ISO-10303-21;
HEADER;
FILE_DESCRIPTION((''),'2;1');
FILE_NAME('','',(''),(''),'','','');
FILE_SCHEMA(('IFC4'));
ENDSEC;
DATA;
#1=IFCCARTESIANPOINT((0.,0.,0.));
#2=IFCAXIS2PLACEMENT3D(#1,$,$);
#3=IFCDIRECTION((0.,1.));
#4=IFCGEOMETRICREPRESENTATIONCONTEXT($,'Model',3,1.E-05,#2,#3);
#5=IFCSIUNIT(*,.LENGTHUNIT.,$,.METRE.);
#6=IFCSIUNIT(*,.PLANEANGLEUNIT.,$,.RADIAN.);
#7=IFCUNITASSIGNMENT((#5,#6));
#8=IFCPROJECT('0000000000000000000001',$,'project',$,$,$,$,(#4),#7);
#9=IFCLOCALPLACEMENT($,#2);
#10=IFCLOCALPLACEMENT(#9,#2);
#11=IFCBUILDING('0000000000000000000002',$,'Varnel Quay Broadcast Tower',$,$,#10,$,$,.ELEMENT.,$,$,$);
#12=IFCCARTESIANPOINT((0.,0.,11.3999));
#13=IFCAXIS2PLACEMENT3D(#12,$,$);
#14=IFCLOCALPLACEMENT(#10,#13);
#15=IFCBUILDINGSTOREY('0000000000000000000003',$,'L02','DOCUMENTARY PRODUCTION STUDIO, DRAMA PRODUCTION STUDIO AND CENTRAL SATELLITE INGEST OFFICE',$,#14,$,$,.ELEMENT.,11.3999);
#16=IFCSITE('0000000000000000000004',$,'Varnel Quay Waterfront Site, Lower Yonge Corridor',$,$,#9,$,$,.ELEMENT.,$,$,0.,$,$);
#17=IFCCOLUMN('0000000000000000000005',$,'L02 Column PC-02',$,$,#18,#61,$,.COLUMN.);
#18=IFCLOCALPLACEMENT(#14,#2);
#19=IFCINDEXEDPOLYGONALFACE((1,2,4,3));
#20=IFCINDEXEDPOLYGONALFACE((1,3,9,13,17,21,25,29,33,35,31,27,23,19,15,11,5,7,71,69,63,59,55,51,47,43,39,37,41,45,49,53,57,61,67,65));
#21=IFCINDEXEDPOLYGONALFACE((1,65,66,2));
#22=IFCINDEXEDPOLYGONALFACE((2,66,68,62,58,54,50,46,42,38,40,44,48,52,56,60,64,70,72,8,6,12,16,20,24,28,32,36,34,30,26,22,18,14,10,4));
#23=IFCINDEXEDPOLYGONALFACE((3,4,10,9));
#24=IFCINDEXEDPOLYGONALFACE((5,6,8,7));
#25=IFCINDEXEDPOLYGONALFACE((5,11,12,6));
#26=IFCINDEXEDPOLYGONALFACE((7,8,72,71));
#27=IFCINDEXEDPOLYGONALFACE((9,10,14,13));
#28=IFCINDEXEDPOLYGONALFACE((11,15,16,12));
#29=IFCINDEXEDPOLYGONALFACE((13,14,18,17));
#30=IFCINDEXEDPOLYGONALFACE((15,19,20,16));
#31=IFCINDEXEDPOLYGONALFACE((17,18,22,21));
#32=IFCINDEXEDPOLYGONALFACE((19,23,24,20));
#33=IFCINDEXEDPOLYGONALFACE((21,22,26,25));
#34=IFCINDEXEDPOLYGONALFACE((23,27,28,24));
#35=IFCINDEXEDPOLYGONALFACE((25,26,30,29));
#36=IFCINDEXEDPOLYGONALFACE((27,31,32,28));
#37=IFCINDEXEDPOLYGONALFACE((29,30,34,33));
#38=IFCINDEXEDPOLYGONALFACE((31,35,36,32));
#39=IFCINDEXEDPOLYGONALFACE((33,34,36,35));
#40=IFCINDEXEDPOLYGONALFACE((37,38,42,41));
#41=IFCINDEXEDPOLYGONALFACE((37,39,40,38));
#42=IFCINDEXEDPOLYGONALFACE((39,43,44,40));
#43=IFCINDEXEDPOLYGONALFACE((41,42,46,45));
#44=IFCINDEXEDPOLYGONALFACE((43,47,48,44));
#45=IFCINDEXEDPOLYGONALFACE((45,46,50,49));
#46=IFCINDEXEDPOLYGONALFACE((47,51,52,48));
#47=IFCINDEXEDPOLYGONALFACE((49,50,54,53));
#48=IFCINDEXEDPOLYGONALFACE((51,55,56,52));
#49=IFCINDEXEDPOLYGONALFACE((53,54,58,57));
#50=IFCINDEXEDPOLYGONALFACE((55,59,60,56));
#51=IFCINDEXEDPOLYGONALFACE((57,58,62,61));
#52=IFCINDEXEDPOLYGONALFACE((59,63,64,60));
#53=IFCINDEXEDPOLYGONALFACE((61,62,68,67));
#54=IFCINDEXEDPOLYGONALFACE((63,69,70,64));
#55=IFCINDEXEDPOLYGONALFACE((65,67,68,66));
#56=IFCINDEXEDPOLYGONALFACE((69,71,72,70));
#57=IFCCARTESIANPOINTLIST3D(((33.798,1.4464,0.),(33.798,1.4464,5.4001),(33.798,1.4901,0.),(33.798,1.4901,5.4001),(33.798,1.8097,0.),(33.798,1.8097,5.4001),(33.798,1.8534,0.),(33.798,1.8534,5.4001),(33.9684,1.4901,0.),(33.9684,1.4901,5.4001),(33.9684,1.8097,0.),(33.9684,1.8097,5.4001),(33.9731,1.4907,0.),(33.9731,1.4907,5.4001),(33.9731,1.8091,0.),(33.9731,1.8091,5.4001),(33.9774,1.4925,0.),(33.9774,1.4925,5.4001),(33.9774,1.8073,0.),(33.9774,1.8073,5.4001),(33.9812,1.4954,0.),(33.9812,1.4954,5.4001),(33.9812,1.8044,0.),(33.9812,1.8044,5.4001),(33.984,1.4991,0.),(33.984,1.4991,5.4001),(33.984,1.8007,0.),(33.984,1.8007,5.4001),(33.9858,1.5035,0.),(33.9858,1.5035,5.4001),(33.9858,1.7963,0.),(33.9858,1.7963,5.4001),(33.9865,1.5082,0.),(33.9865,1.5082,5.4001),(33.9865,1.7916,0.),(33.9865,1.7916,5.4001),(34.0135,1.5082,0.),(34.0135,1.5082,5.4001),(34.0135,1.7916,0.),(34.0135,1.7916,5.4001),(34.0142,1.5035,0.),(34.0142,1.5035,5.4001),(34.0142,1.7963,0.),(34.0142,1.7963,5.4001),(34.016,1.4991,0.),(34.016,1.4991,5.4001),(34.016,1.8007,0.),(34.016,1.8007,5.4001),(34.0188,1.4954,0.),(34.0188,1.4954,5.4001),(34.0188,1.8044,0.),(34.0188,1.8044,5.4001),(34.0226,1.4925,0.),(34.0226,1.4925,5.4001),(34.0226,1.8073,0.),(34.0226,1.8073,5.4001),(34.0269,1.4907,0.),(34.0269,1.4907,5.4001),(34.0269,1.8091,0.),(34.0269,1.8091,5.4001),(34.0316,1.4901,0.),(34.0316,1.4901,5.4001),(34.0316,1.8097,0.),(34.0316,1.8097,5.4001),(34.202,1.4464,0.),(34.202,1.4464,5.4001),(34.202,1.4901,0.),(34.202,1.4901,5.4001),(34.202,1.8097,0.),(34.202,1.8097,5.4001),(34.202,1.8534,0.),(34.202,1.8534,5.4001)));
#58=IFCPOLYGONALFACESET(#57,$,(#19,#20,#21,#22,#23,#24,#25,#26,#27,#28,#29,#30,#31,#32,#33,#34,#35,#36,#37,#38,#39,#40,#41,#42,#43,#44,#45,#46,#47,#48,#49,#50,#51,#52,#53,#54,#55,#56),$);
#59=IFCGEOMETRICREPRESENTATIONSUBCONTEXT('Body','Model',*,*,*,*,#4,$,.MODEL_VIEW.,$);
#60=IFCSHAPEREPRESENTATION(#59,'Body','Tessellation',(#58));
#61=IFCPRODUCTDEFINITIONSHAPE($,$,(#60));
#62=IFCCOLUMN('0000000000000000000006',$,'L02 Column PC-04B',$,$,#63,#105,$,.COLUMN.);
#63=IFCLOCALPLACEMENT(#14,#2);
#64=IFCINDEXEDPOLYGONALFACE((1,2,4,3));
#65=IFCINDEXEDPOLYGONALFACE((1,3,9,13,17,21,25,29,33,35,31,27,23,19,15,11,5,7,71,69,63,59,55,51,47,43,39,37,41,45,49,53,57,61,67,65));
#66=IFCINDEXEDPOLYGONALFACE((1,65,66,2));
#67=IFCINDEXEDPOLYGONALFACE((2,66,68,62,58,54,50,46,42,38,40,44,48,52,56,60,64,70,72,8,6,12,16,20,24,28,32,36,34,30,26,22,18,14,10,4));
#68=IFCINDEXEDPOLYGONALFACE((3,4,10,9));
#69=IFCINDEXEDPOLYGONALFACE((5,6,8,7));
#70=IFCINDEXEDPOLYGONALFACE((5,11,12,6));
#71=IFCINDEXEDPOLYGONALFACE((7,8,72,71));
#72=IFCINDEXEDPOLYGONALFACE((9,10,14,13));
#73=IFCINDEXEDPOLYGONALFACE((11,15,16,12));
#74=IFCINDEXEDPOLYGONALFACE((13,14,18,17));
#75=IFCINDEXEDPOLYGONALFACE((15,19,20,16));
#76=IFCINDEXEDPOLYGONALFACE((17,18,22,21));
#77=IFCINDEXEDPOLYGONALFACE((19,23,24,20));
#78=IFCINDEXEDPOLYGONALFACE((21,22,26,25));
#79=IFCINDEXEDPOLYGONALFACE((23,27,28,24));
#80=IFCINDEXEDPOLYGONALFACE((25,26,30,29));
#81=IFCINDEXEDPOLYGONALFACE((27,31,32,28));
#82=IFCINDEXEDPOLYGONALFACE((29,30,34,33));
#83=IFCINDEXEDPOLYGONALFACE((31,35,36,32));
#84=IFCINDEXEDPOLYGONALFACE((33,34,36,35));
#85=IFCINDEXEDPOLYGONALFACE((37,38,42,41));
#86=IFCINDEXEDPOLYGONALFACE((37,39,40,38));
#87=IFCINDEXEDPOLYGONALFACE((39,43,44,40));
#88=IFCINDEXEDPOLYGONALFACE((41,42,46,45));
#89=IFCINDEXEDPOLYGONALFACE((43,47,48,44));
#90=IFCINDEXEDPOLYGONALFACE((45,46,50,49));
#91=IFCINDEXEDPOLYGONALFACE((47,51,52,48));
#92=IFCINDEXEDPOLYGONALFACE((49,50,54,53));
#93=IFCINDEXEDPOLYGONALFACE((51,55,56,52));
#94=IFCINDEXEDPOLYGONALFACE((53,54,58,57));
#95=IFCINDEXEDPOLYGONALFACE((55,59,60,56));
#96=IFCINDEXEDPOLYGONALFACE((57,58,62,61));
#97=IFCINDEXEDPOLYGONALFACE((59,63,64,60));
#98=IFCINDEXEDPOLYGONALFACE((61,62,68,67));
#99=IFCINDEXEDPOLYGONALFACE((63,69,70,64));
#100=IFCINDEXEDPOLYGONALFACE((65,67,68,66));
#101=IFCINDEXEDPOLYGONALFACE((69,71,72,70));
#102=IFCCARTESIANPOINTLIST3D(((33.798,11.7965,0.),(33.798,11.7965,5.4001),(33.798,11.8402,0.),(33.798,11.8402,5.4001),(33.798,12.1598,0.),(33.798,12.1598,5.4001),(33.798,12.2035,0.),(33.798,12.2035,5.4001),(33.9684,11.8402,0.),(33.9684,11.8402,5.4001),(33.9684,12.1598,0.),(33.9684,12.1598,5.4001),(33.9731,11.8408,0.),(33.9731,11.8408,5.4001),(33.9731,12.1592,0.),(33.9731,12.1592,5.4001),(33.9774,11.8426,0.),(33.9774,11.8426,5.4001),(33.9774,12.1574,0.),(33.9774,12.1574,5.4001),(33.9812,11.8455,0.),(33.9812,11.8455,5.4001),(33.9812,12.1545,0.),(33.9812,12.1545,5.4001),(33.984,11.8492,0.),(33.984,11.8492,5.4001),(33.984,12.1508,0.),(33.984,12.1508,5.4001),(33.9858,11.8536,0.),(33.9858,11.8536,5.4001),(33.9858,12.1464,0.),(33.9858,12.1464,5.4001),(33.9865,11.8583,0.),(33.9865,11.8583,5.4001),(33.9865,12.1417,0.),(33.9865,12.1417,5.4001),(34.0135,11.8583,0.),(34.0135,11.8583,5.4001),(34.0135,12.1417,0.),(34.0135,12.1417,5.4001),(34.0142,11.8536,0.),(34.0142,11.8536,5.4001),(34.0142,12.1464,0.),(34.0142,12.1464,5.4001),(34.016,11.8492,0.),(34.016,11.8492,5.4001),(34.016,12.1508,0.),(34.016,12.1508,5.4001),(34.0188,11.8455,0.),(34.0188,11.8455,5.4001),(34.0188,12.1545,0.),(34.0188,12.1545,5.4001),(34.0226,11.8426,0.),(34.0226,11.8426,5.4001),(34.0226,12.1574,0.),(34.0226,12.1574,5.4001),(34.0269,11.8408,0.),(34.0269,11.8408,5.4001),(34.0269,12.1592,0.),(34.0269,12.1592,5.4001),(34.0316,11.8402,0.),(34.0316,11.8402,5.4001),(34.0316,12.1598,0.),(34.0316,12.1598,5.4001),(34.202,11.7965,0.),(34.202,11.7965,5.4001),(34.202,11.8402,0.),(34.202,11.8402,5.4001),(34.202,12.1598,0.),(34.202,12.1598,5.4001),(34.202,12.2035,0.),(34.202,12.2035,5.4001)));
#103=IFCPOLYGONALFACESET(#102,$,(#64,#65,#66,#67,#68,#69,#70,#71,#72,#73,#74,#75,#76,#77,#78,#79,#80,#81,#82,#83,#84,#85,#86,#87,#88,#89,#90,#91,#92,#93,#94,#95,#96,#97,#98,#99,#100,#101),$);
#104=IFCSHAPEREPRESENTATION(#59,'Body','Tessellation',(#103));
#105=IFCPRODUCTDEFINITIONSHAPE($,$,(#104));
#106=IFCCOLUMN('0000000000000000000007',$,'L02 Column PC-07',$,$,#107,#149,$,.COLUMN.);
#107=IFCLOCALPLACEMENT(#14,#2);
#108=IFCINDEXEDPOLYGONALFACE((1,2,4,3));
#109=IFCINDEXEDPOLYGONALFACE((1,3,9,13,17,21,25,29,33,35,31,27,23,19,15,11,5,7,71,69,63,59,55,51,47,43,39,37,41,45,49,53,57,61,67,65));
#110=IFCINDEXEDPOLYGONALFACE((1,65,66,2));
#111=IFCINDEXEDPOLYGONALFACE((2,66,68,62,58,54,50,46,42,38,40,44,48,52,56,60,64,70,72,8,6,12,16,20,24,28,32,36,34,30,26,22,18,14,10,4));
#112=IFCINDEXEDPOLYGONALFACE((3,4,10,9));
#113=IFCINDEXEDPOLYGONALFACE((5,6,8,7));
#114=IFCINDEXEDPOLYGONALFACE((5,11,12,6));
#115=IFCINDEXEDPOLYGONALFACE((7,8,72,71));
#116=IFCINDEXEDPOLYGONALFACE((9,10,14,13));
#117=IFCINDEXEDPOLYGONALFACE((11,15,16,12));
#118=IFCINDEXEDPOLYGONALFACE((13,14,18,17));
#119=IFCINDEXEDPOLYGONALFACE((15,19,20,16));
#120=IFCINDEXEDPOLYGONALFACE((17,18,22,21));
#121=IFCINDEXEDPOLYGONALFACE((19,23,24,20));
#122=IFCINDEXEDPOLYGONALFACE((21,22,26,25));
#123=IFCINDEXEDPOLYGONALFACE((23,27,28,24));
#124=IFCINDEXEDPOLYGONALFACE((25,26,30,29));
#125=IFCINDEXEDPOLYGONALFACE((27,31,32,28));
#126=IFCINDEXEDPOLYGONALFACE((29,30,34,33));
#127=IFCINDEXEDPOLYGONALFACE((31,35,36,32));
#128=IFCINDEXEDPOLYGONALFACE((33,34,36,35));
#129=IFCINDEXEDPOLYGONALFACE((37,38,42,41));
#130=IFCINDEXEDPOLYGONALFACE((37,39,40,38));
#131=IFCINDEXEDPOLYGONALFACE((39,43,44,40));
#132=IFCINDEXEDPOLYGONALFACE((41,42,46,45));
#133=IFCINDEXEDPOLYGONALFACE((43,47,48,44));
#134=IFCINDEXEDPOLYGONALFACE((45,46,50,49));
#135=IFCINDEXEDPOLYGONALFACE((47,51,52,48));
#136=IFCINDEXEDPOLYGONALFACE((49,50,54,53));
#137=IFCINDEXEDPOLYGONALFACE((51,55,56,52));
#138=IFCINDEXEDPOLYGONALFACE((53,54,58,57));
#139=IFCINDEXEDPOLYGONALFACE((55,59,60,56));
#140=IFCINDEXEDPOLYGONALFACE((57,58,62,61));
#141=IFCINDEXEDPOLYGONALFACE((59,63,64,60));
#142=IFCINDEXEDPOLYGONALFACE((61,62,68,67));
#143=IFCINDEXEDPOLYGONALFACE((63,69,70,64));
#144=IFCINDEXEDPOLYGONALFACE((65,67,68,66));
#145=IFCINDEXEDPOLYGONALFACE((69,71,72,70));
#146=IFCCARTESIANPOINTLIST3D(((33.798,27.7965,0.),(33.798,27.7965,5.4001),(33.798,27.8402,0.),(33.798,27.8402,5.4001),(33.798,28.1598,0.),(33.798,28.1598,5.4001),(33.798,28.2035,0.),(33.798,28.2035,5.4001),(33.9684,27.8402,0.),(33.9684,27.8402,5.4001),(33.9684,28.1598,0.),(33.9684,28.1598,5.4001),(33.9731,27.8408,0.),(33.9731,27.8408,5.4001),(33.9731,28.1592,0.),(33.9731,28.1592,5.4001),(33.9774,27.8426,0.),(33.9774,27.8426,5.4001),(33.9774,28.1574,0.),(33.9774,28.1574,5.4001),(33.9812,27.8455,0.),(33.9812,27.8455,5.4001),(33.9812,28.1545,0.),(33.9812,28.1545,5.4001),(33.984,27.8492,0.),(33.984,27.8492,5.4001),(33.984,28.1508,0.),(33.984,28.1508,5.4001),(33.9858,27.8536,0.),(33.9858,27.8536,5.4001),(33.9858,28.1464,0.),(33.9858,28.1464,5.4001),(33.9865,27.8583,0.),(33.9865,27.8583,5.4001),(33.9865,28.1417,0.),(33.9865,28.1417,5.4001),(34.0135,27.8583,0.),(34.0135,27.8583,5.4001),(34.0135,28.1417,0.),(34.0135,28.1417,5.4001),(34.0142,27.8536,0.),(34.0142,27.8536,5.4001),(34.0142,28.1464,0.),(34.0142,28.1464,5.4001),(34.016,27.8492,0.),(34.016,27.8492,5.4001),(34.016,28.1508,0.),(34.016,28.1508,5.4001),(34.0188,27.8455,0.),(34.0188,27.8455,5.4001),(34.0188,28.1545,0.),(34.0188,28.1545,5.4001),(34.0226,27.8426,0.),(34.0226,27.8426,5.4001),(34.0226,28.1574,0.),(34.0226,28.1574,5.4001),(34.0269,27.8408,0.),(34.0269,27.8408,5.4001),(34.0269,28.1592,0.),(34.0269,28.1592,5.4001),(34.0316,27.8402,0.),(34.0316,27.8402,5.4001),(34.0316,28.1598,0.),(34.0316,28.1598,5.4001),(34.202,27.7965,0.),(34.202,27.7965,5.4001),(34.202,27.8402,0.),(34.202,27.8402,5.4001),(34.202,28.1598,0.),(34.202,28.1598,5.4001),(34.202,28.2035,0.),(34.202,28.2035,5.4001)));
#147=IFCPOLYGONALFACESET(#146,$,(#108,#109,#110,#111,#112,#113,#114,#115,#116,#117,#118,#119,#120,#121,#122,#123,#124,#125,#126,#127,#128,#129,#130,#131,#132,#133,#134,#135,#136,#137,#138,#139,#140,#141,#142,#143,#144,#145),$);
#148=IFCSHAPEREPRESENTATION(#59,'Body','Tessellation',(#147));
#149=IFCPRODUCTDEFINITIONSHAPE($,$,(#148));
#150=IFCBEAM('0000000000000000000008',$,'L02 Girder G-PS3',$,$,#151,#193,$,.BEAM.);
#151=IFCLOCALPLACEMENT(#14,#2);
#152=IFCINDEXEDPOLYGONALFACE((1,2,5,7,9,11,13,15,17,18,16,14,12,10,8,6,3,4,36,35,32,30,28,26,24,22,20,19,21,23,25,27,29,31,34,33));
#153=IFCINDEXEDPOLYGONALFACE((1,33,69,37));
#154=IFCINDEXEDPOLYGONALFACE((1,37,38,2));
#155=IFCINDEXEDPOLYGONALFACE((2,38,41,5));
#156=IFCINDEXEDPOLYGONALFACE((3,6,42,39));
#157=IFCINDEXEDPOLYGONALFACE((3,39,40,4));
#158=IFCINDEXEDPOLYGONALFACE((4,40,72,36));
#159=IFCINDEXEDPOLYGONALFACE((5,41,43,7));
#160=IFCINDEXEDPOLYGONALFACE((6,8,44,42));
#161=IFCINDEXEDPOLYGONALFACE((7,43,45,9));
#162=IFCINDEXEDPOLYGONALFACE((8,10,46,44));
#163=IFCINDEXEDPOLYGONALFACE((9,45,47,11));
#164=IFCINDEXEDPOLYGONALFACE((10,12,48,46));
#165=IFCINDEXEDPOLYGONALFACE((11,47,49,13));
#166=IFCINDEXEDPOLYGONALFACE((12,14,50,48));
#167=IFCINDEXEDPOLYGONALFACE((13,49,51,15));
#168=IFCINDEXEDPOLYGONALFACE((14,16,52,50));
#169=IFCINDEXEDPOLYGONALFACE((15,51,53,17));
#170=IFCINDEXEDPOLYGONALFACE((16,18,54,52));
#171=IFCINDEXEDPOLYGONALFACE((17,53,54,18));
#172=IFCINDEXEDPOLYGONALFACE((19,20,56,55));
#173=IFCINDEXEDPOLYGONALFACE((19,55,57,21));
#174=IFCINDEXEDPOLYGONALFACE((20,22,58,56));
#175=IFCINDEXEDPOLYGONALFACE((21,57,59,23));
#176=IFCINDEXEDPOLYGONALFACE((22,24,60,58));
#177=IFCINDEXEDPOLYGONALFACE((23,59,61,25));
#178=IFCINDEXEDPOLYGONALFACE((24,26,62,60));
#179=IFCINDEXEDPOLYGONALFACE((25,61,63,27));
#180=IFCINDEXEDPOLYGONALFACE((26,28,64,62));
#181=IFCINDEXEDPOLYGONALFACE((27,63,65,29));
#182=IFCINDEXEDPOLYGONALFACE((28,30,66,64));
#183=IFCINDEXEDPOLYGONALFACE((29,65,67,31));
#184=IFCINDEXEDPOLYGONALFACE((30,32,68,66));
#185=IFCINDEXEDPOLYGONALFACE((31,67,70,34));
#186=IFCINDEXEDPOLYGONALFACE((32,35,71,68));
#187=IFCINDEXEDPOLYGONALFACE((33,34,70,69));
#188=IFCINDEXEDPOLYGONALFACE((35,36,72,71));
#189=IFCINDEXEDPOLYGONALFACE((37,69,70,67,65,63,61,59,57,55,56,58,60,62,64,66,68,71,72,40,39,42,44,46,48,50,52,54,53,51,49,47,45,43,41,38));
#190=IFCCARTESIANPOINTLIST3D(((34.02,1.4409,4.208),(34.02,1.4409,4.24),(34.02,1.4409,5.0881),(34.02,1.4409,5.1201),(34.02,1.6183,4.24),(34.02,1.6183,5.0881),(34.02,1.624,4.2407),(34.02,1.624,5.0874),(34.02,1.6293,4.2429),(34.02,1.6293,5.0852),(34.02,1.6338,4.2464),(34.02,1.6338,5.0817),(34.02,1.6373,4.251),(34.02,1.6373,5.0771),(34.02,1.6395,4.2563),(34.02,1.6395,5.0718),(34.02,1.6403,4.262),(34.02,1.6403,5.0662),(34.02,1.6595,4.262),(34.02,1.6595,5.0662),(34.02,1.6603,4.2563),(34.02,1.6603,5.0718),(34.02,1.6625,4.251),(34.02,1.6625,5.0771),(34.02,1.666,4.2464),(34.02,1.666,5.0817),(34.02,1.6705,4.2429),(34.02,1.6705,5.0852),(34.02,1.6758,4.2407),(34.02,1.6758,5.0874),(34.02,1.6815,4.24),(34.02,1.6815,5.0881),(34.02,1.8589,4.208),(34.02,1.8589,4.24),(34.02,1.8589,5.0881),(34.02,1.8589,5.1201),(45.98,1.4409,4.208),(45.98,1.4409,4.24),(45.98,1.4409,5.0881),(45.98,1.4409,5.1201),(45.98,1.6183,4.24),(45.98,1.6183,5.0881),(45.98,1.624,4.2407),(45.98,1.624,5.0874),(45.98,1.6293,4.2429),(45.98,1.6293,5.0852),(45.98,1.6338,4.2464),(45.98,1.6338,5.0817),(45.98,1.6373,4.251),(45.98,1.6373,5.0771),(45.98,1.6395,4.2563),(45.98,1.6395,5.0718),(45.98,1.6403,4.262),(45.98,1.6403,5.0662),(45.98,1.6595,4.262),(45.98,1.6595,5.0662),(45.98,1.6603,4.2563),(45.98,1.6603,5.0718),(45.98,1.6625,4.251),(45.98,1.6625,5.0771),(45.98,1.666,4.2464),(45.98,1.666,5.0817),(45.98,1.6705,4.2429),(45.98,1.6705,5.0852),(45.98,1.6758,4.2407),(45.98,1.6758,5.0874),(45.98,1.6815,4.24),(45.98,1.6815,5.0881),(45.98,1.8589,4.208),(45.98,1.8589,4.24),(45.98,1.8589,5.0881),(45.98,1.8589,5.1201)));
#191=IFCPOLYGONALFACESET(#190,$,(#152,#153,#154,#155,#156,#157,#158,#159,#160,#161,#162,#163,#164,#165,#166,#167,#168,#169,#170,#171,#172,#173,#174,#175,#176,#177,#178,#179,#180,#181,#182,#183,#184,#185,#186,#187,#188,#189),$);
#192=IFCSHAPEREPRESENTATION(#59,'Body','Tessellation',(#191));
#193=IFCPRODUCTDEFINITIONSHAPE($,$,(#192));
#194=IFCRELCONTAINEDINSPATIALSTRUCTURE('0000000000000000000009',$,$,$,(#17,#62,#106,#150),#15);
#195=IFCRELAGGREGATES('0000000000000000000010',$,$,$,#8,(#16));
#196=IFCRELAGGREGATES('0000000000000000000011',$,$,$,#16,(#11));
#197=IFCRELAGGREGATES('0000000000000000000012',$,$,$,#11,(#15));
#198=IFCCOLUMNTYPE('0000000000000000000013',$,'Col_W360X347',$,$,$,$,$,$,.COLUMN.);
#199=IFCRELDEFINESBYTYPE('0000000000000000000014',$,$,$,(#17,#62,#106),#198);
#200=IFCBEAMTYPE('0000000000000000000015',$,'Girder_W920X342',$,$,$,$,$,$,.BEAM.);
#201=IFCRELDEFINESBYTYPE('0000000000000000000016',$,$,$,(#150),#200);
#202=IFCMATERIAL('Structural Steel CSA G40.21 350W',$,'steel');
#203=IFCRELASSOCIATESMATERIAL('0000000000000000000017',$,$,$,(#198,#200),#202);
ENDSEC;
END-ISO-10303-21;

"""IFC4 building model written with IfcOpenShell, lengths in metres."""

from ifc_helpers import new_model, si_unit, direction, frame, origin, origin_2d, place, context, subcontext, project, spatial, i_section, extrude, source, transform, mapped, material, material_profile, profile_set, type_object, type_shapes, element, save


model = new_model("IFC4")

# Units and contexts
model_context = context("Model", 3, precision=1e-05, world=origin(), true_north=direction((0.0, 1.0)))
body_context = subcontext(model_context, "Body", "Model", "MODEL_VIEW")
ifc_project = project(units=[si_unit("LENGTHUNIT", "METRE"), si_unit("PLANEANGLEUNIT", "RADIAN")], contexts=[model_context])

# Site, building, storey
site_placement = place(None, origin())
site = spatial("IfcSite", under=ifc_project, at=site_placement, Name="Varnel Quay Waterfront Site, Lower Yonge Corridor", CompositionType="ELEMENT", RefElevation=0.0)
building_placement = place(site_placement, origin())
building = spatial("IfcBuilding", under=site, at=building_placement, Name="Varnel Quay Broadcast Tower", CompositionType="ELEMENT")
storey_placement = place(building_placement, frame((0.0, 0.0, 11.3999)))
storey = spatial("IfcBuildingStorey", under=building, at=storey_placement, Name="L02", Description="DOCUMENTARY PRODUCTION STUDIO, DRAMA PRODUCTION STUDIO AND CENTRAL SATELLITE INGEST OFFICE", CompositionType="ELEMENT", Elevation=11.3999)

# Columns
ifc_material_1 = material(Name="Structural Steel CSA G40.21 350W", Category="steel")
ifc_material_profile_1 = material_profile(ifc_material_1, i_section(OverallWidth=0.4041, OverallDepth=0.407, WebThickness=0.0271, FlangeThickness=0.0437, FilletRadius=0.0181, at=origin_2d()), Name="W360X347")
ifc_profile_set_1 = profile_set([ifc_material_profile_1], Name="Structural Steel CSA G40.21 350W")
column_type = type_object("IfcColumnType", Name="Col_W360X347", PredefinedType="COLUMN", material=ifc_profile_set_1)
shared_shape_1 = source(origin(), body_context, "Body", "SweptSolid", [
    extrude(i_section(OverallWidth=0.4041, OverallDepth=0.407, WebThickness=0.0271, FlangeThickness=0.0437, FilletRadius=0.0181, at=origin_2d()), origin(), (0.0, 0.0, 1.0), 5.4001),
])
type_shapes(column_type, [shared_shape_1])
for number, where, z_axis, x_axis, name in (
    (1, (34.0, 1.6499, 0.0), (0.0, 0.0, 1.0), (1.0, 0.0, 0.0), "L02 Column PC-02"),
    (2, (34.0, 12.0, 0.0), (0.0, 0.0, 1.0), (1.0, 0.0, 0.0), "L02 Column PC-04B"),
    (3, (34.0, 28.0, 0.0), (0.0, 0.0, 1.0), (1.0, 0.0, 0.0), "L02 Column PC-07"),
):
    element("IfcColumn", number, at=place(storey_placement, frame(where, z_axis=z_axis, x_axis=x_axis)), inside=storey, type_object=column_type, Name=name, PredefinedType="COLUMN", context=body_context, shape_type="MappedRepresentation", body=[
        mapped(shared_shape_1, transform((0.0, 0.0, 0.0), x_axis=(1.0, 0.0, 0.0), y_axis=(0.0, 1.0, 0.0), z_axis=(0.0, 0.0, 1.0), scale=1.0)),
    ])

# Beam
ifc_material_profile_2 = material_profile(ifc_material_1, i_section(OverallWidth=0.418, OverallDepth=0.9121, WebThickness=0.0193, FlangeThickness=0.032, FilletRadius=0.022, at=origin_2d()), Name="W920X342")
ifc_profile_set_2 = profile_set([ifc_material_profile_2], Name="Structural Steel CSA G40.21 350W")
beam_type = type_object("IfcBeamType", Name="Girder_W920X342", PredefinedType="BEAM", material=ifc_profile_set_2)
shared_shape_2 = source(origin(), body_context, "Body", "SweptSolid", [
    extrude(i_section(OverallWidth=0.418, OverallDepth=0.9121, WebThickness=0.0193, FlangeThickness=0.032, FilletRadius=0.022, at=origin_2d()), origin(), (0.0, 0.0, 1.0), 11.96),
])
for number, where, z_axis, x_axis, name in (
    (4, (34.02, 1.6499, 4.6641), (1.0, 0.0, 0.0), (0.0, 1.0, 0.0), "L02 Girder G-PS3"),
):
    element("IfcBeam", number, at=place(storey_placement, frame(where, z_axis=z_axis, x_axis=x_axis)), inside=storey, type_object=beam_type, Name=name, PredefinedType="BEAM", context=body_context, shape_type="MappedRepresentation", body=[
        mapped(shared_shape_2, transform((0.0, 0.0, 0.0), x_axis=(1.0, 0.0, 0.0), y_axis=(0.0, 1.0, 0.0), z_axis=(0.0, 0.0, 1.0), scale=1.0)),
    ])

save(model, "model.ifc")
